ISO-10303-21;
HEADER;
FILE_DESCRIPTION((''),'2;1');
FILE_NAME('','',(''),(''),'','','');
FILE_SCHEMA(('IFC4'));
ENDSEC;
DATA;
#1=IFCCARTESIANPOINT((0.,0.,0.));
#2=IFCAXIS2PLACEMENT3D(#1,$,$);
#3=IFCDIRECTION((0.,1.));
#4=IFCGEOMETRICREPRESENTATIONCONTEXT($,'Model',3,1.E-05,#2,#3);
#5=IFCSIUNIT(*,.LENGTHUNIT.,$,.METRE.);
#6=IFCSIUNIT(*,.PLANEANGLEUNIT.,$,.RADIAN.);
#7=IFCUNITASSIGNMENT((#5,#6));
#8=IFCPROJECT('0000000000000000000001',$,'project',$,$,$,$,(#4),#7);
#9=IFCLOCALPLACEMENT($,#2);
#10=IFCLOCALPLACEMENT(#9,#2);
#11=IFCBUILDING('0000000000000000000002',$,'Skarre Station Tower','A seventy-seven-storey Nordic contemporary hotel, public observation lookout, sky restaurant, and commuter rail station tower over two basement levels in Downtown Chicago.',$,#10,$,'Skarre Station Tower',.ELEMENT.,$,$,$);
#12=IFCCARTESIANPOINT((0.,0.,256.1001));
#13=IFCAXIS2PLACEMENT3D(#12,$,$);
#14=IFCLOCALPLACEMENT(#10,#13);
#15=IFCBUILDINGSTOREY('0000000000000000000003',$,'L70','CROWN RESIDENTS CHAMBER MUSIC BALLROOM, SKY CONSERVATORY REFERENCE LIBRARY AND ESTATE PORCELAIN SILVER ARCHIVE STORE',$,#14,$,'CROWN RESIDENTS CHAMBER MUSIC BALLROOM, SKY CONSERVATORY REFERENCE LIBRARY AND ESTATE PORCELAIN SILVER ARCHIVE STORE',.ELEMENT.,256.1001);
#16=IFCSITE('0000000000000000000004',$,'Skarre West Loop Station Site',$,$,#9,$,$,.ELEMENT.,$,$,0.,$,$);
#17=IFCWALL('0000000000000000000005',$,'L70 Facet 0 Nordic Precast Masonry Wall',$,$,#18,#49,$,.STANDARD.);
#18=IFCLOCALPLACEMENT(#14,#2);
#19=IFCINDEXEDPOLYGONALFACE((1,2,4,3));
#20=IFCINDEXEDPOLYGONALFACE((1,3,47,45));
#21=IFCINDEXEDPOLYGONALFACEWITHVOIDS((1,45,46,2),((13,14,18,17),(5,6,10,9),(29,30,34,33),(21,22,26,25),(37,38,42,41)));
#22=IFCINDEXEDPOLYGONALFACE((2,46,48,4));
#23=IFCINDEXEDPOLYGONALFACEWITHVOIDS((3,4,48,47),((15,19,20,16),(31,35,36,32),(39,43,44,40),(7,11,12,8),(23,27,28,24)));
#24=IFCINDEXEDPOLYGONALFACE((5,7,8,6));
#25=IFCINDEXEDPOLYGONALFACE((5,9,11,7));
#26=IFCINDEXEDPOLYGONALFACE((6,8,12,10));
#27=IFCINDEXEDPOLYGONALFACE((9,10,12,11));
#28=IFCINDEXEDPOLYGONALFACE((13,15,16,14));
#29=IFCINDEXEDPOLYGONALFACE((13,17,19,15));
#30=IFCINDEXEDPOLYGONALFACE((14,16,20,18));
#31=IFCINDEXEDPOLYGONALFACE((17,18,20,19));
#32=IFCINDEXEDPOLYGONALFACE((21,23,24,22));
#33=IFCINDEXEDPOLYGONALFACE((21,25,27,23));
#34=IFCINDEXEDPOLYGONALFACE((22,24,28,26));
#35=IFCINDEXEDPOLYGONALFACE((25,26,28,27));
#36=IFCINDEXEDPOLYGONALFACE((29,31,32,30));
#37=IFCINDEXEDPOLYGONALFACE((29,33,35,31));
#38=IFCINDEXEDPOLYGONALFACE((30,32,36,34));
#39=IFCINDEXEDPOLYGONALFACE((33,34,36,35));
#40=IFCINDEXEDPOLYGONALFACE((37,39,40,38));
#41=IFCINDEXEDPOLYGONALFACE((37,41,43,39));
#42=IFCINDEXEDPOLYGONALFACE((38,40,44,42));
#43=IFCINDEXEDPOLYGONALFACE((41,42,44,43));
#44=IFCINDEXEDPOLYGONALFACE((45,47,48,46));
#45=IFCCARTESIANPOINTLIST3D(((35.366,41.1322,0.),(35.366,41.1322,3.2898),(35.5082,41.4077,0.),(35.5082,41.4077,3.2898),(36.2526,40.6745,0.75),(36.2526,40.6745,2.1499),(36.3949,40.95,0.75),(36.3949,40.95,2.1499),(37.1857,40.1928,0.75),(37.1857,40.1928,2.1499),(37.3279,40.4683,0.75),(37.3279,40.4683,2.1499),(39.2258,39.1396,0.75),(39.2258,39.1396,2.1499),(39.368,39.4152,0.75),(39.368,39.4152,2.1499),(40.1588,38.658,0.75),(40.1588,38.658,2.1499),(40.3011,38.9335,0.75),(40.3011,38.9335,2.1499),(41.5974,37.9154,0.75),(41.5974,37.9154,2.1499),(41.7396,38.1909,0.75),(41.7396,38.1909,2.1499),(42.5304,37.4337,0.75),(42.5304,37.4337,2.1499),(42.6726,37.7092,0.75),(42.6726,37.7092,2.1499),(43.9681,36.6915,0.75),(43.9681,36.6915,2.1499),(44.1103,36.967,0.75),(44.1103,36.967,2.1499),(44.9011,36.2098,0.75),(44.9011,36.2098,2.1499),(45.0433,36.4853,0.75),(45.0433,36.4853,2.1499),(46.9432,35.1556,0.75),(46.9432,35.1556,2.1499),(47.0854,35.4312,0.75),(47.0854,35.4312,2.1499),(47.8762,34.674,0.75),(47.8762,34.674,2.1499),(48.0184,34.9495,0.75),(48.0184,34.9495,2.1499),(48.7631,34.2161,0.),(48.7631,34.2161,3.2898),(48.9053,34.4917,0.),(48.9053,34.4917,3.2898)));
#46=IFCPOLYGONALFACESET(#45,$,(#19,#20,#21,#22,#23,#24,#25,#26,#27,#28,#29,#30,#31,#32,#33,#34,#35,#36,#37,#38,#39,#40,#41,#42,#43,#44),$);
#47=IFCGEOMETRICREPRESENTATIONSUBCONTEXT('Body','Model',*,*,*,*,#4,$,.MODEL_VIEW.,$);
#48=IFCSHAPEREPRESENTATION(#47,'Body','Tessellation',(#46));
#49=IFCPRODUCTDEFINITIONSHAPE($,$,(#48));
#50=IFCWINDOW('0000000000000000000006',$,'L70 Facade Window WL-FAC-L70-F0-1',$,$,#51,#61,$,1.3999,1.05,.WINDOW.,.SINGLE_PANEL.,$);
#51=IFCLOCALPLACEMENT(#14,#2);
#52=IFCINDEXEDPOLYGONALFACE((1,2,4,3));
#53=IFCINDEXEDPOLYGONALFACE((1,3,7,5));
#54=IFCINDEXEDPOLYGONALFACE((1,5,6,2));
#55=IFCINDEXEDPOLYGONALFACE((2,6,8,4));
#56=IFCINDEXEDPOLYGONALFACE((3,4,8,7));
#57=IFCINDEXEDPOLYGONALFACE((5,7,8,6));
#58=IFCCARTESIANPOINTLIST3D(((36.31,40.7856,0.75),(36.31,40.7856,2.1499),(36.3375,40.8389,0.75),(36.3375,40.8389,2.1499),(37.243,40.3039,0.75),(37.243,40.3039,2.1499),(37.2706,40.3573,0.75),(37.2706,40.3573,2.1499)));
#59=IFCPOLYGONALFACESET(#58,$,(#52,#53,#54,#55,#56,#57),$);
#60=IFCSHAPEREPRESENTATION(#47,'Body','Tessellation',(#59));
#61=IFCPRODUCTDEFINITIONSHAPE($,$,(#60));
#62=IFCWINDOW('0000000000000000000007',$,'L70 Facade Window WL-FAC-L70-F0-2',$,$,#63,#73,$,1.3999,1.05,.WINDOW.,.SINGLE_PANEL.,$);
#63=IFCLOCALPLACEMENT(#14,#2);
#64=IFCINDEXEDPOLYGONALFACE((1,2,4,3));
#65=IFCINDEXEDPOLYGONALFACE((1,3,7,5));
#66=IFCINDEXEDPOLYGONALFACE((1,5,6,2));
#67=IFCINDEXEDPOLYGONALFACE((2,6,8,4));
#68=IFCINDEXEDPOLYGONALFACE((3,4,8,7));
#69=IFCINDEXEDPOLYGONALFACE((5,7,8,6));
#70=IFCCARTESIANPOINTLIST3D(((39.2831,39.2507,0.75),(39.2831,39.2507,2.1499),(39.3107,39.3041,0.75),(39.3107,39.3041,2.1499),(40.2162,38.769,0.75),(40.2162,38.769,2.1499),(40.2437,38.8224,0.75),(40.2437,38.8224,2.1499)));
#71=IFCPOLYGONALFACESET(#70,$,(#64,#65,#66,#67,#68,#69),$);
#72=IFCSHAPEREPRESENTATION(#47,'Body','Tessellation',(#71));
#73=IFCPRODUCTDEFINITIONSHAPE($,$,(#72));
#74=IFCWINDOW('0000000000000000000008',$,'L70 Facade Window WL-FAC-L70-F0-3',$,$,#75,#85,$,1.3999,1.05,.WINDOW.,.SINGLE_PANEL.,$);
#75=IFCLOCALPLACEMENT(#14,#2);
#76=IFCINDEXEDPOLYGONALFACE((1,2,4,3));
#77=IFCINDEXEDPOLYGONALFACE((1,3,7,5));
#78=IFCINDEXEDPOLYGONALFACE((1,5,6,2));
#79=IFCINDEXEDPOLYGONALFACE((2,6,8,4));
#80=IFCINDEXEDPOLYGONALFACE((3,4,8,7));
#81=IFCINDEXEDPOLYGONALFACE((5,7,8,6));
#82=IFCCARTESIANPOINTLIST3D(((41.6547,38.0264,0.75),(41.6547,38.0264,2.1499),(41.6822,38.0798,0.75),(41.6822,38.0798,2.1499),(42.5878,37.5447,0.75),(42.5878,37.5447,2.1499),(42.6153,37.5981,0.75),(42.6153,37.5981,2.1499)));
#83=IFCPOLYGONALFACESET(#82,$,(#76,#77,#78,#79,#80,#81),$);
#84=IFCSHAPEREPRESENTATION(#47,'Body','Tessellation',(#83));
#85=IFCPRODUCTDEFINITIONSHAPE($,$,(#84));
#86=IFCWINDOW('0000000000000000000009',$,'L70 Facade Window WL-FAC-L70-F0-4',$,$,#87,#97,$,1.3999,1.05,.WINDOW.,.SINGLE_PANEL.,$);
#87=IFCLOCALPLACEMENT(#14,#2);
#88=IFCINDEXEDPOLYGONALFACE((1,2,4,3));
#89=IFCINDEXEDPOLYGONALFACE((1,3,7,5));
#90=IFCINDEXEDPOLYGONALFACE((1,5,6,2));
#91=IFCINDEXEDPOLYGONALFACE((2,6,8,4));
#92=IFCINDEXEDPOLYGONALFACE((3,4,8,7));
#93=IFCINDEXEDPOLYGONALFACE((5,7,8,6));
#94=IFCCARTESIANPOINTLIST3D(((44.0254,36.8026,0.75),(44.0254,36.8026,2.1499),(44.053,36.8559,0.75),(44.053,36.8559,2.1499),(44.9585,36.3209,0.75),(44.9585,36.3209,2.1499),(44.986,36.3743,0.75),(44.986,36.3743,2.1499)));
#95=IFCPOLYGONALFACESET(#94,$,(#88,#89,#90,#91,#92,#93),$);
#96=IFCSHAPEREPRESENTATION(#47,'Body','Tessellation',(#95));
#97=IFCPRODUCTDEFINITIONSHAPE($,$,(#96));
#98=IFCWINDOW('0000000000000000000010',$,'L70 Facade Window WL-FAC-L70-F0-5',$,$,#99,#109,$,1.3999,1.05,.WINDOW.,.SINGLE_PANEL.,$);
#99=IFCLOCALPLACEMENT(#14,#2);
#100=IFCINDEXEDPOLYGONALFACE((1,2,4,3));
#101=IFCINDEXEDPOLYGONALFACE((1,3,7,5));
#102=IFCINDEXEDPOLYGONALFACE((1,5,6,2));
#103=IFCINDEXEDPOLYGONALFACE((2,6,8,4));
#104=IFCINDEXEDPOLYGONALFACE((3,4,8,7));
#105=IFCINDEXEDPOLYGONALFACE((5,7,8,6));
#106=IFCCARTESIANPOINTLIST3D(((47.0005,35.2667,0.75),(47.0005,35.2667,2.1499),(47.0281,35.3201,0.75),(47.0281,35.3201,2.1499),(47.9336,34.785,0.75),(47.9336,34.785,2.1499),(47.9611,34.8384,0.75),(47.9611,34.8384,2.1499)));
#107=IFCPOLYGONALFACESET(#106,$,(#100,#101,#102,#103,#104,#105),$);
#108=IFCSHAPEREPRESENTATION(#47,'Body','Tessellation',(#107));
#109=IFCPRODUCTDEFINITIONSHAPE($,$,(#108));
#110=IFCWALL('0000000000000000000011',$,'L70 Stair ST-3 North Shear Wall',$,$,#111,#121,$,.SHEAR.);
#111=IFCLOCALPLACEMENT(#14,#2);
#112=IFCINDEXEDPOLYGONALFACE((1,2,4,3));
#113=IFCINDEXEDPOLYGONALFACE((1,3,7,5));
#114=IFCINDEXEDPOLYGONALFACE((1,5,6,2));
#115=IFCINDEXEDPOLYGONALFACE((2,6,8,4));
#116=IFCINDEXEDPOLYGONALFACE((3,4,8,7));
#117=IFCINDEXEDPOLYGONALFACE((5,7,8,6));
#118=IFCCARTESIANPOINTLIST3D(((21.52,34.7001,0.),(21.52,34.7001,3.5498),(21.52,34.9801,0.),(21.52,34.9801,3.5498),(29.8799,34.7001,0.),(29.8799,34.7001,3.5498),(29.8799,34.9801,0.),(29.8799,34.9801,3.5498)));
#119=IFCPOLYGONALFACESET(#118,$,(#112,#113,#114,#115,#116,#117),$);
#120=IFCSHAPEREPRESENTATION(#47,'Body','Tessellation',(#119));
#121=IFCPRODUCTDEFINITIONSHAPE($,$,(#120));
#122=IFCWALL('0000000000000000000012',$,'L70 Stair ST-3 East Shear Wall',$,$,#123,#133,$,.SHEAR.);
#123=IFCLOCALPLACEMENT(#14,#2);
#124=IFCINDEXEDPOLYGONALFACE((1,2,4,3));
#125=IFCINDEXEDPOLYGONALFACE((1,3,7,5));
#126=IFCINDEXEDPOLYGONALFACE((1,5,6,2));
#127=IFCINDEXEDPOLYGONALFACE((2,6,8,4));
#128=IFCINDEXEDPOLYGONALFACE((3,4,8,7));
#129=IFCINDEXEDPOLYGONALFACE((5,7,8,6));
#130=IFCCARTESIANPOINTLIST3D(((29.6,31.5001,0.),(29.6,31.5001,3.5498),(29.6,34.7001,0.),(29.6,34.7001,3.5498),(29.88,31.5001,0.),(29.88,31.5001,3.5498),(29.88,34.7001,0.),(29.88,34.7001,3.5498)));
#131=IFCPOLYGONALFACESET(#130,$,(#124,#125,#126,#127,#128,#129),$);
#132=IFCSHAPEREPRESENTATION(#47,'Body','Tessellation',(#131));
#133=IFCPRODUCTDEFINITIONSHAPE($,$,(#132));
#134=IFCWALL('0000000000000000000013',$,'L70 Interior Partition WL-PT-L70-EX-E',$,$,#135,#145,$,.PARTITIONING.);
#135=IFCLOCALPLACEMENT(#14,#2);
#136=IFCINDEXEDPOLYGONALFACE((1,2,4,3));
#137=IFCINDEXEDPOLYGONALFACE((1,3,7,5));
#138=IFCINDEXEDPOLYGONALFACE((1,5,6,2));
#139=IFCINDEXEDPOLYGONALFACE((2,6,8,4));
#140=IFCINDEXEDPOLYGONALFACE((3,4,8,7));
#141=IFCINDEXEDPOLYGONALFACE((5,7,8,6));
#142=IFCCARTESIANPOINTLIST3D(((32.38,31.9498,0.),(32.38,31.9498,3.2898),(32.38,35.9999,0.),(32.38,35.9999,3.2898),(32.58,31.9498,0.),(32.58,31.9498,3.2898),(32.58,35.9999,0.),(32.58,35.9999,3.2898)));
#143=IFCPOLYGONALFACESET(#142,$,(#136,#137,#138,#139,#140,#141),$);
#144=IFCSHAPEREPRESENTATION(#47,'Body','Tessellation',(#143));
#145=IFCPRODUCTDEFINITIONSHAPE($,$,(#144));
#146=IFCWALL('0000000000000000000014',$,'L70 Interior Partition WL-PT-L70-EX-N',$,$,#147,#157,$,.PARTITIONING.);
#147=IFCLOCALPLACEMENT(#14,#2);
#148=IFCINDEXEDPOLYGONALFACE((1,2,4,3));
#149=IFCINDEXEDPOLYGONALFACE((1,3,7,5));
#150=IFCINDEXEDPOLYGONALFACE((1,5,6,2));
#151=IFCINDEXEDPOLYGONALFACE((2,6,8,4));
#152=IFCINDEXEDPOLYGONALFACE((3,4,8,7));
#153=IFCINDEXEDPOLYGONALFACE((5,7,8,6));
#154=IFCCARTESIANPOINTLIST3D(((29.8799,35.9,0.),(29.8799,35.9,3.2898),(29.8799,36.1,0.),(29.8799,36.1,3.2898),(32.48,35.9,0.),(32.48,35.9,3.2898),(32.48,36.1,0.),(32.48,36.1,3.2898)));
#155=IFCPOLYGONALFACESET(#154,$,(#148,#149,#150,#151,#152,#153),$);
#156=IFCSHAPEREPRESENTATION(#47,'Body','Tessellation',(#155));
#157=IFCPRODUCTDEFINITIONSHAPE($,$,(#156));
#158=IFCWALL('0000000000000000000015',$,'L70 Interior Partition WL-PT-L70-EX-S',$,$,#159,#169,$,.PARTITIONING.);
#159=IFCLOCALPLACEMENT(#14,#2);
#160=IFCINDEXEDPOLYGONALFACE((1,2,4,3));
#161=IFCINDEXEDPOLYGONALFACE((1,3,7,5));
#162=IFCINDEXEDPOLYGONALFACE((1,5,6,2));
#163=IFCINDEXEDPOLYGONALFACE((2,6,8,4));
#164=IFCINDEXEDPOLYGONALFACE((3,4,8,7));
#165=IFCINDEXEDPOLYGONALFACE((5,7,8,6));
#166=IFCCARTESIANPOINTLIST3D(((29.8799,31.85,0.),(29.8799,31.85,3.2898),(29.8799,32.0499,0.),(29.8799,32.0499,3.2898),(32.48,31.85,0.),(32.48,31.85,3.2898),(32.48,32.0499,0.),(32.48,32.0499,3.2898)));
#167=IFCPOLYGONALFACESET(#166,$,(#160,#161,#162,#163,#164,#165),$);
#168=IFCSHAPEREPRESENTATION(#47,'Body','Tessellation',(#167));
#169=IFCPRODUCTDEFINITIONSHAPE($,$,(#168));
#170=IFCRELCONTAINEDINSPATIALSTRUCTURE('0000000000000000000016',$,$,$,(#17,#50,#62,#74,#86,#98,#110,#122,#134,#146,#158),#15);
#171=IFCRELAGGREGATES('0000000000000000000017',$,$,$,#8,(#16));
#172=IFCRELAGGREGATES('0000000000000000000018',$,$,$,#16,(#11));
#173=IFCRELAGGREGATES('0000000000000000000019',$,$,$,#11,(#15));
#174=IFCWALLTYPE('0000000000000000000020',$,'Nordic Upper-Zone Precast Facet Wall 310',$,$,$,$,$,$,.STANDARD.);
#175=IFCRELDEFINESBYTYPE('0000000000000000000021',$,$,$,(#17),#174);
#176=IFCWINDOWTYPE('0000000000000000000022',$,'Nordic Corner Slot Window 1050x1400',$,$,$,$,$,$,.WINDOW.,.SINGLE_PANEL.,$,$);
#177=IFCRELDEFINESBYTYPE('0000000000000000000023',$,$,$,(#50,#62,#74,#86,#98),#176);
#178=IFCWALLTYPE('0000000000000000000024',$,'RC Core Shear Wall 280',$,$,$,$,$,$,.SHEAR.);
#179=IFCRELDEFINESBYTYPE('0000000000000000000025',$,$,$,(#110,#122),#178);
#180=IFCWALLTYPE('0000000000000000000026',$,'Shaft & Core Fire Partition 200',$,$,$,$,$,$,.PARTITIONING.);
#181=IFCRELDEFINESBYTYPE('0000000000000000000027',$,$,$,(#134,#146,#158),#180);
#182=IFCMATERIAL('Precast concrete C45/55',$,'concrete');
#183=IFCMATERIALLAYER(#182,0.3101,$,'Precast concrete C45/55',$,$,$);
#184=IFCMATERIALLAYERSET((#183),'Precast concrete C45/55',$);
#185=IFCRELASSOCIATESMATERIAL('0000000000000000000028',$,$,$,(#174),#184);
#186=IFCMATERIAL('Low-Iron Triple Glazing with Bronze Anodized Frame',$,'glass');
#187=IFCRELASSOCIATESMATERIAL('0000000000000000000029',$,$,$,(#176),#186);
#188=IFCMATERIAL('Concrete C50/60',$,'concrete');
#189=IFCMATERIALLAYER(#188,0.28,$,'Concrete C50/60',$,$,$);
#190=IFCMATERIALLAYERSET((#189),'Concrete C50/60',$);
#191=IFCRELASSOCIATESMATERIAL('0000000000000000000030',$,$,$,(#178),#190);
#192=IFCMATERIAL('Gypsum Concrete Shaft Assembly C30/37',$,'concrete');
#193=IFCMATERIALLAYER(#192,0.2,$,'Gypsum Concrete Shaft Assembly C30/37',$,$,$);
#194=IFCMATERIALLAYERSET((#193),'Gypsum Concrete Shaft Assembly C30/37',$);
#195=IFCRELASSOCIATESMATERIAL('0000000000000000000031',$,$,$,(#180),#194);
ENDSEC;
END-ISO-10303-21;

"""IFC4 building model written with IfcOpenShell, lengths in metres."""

from ifc_helpers import new_model, si_unit, direction, frame, frame_2d, origin, place, context, subcontext, project, spatial, rectangle, extrude, material, layer, layer_set, type_object, element, fill, save


model = new_model("IFC4")

# Units and contexts
model_context = context("Model", 3, precision=1e-05, world=origin(), true_north=direction((0.0, 1.0)))
body_context = subcontext(model_context, "Body", "Model", "MODEL_VIEW")
ifc_project = project(units=[si_unit("LENGTHUNIT", "METRE"), si_unit("PLANEANGLEUNIT", "RADIAN")], contexts=[model_context])

# Site, building, storey
site_placement = place(None, origin())
site = spatial("IfcSite", under=ifc_project, at=site_placement, Name="Skarre West Loop Station Site", CompositionType="ELEMENT", RefElevation=0.0)
building_placement = place(site_placement, origin())
building = spatial("IfcBuilding", under=site, at=building_placement, Name="Skarre Station Tower", Description="A seventy-seven-storey Nordic contemporary hotel, public observation lookout, sky restaurant, and commuter rail station tower over two basement levels in Downtown Chicago.", LongName="Skarre Station Tower", CompositionType="ELEMENT")
storey_placement = place(building_placement, frame((0.0, 0.0, 256.1001)))
storey = spatial("IfcBuildingStorey", under=building, at=storey_placement, Name="L70", Description="CROWN RESIDENTS CHAMBER MUSIC BALLROOM, SKY CONSERVATORY REFERENCE LIBRARY AND ESTATE PORCELAIN SILVER ARCHIVE STORE", LongName="CROWN RESIDENTS CHAMBER MUSIC BALLROOM, SKY CONSERVATORY REFERENCE LIBRARY AND ESTATE PORCELAIN SILVER ARCHIVE STORE", CompositionType="ELEMENT", Elevation=256.1001)

# Shared definitions
ifc_material_1 = material(Name="Concrete C50/60", Category="concrete")

# Shared definitions
ifc_material_2 = material(Name="Precast concrete C45/55", Category="concrete")

# Wall, openings, windows
ifc_layer_1 = layer(ifc_material_2, 0.3101, Name="Precast concrete C45/55")
ifc_layer_set_1 = layer_set([ifc_layer_1], Name="Precast concrete C45/55")
wall_type_1 = type_object("IfcWallType", Name="Nordic Upper-Zone Precast Facet Wall 310", PredefinedType="STANDARD", material=ifc_layer_set_1)
wall_1_placement = place(storey_placement, frame((35.437, 41.27, 0.0), z_axis=(0.0, 0.0, 1.0), x_axis=(0.888581, -0.458719, 0.0)))
wall_1 = element("IfcWall", 1, at=wall_1_placement, inside=storey, type_object=wall_type_1, Name="L70 Facet 0 Nordic Precast Masonry Wall", PredefinedType="STANDARD", context=body_context, shape_type="SweptSolid", body=[
    extrude(rectangle(XDim=15.0769, YDim=0.3101, at=frame_2d((7.5386, 0.0))), origin(), (0.0, 0.0, 1.0), 3.2898),
])
opening_1_placement = place(wall_1_placement, frame((0.998, 0.0, 0.75)))
opening_1 = element("IfcOpeningElement", 2, at=opening_1_placement, cuts=wall_1, PredefinedType="OPENING", context=body_context, shape_type="SweptSolid", body=[
    extrude(rectangle(XDim=1.05, YDim=1.3999, at=frame_2d((0.5249, 0.7))), frame((0.0, 0.165, 0.0), z_axis=(0.0, -1.0, 0.0), x_axis=(1.0, 0.0, 0.0)), (0.0, 0.0, 1.0), 0.3301),
])
opening_2_placement = place(wall_1_placement, frame((4.344, 0.0, 0.75)))
opening_2 = element("IfcOpeningElement", 3, at=opening_2_placement, cuts=wall_1, PredefinedType="OPENING", context=body_context, shape_type="SweptSolid", body=[
    extrude(rectangle(XDim=1.05, YDim=1.3999, at=frame_2d((0.5249, 0.7))), frame((0.0, 0.165, 0.0), z_axis=(0.0, -1.0, 0.0), x_axis=(1.0, 0.0, 0.0)), (0.0, 0.0, 1.0), 0.3301),
])
opening_3_placement = place(wall_1_placement, frame((7.0129, 0.0, 0.75)))
opening_3 = element("IfcOpeningElement", 4, at=opening_3_placement, cuts=wall_1, PredefinedType="OPENING", context=body_context, shape_type="SweptSolid", body=[
    extrude(rectangle(XDim=1.05, YDim=1.3999, at=frame_2d((0.5249, 0.7))), frame((0.0, 0.165, 0.0), z_axis=(0.0, -1.0, 0.0), x_axis=(1.0, 0.0, 0.0)), (0.0, 0.0, 1.0), 0.3301),
])
opening_4_placement = place(wall_1_placement, frame((9.6809, 0.0, 0.75)))
opening_4 = element("IfcOpeningElement", 5, at=opening_4_placement, cuts=wall_1, PredefinedType="OPENING", context=body_context, shape_type="SweptSolid", body=[
    extrude(rectangle(XDim=1.05, YDim=1.3999, at=frame_2d((0.5249, 0.7))), frame((0.0, 0.165, 0.0), z_axis=(0.0, -1.0, 0.0), x_axis=(1.0, 0.0, 0.0)), (0.0, 0.0, 1.0), 0.3301),
])
opening_5_placement = place(wall_1_placement, frame((13.0291, 0.0, 0.75)))
opening_5 = element("IfcOpeningElement", 6, at=opening_5_placement, cuts=wall_1, PredefinedType="OPENING", context=body_context, shape_type="SweptSolid", body=[
    extrude(rectangle(XDim=1.05, YDim=1.3999, at=frame_2d((0.5249, 0.7))), frame((0.0, 0.165, 0.0), z_axis=(0.0, -1.0, 0.0), x_axis=(1.0, 0.0, 0.0)), (0.0, 0.0, 1.0), 0.3301),
])
ifc_material_3 = material(Name="Low-Iron Triple Glazing with Bronze Anodized Frame", Category="glass")
window_type = type_object("IfcWindowType", Name="Nordic Corner Slot Window 1050x1400", PartitioningType="SINGLE_PANEL", PredefinedType="WINDOW", material=ifc_material_3)
window_1_placement = place(opening_1_placement, origin())
window_1 = element("IfcWindow", 7, at=window_1_placement, inside=storey, type_object=window_type, Name="L70 Facade Window WL-FAC-L70-F0-1", OverallHeight=1.3999, OverallWidth=1.05, PartitioningType="SINGLE_PANEL", PredefinedType="WINDOW", context=body_context, shape_type="SweptSolid", body=[
    extrude(rectangle(XDim=1.05, YDim=1.3999, at=frame_2d((0.5249, 0.7))), frame((0.0, 0.03, 0.0), z_axis=(0.0, -1.0, 0.0), x_axis=(1.0, 0.0, 0.0)), (0.0, 0.0, 1.0), 0.0601),
])
fill(opening_1, window_1)
window_2_placement = place(opening_2_placement, origin())
window_2 = element("IfcWindow", 8, at=window_2_placement, inside=storey, type_object=window_type, Name="L70 Facade Window WL-FAC-L70-F0-2", OverallHeight=1.3999, OverallWidth=1.05, PartitioningType="SINGLE_PANEL", PredefinedType="WINDOW", context=body_context, shape_type="SweptSolid", body=[
    extrude(rectangle(XDim=1.05, YDim=1.3999, at=frame_2d((0.5249, 0.7))), frame((0.0, 0.03, 0.0), z_axis=(0.0, -1.0, 0.0), x_axis=(1.0, 0.0, 0.0)), (0.0, 0.0, 1.0), 0.0601),
])
fill(opening_2, window_2)
window_3_placement = place(opening_3_placement, origin())
window_3 = element("IfcWindow", 9, at=window_3_placement, inside=storey, type_object=window_type, Name="L70 Facade Window WL-FAC-L70-F0-3", OverallHeight=1.3999, OverallWidth=1.05, PartitioningType="SINGLE_PANEL", PredefinedType="WINDOW", context=body_context, shape_type="SweptSolid", body=[
    extrude(rectangle(XDim=1.05, YDim=1.3999, at=frame_2d((0.5249, 0.7))), frame((0.0, 0.03, 0.0), z_axis=(0.0, -1.0, 0.0), x_axis=(1.0, 0.0, 0.0)), (0.0, 0.0, 1.0), 0.0601),
])
fill(opening_3, window_3)
window_4_placement = place(opening_4_placement, origin())
window_4 = element("IfcWindow", 10, at=window_4_placement, inside=storey, type_object=window_type, Name="L70 Facade Window WL-FAC-L70-F0-4", OverallHeight=1.3999, OverallWidth=1.05, PartitioningType="SINGLE_PANEL", PredefinedType="WINDOW", context=body_context, shape_type="SweptSolid", body=[
    extrude(rectangle(XDim=1.05, YDim=1.3999, at=frame_2d((0.5249, 0.7))), frame((0.0, 0.03, 0.0), z_axis=(0.0, -1.0, 0.0), x_axis=(1.0, 0.0, 0.0)), (0.0, 0.0, 1.0), 0.0601),
])
fill(opening_4, window_4)
window_5_placement = place(opening_5_placement, origin())
window_5 = element("IfcWindow", 11, at=window_5_placement, inside=storey, type_object=window_type, Name="L70 Facade Window WL-FAC-L70-F0-5", OverallHeight=1.3999, OverallWidth=1.05, PartitioningType="SINGLE_PANEL", PredefinedType="WINDOW", context=body_context, shape_type="SweptSolid", body=[
    extrude(rectangle(XDim=1.05, YDim=1.3999, at=frame_2d((0.5249, 0.7))), frame((0.0, 0.03, 0.0), z_axis=(0.0, -1.0, 0.0), x_axis=(1.0, 0.0, 0.0)), (0.0, 0.0, 1.0), 0.0601),
])
fill(opening_5, window_5)

# Walls
ifc_layer_2 = layer(ifc_material_1, 0.28, Name="Concrete C50/60")
ifc_layer_set_2 = layer_set([ifc_layer_2], Name="Concrete C50/60")
wall_type_2 = type_object("IfcWallType", Name="RC Core Shear Wall 280", PredefinedType="SHEAR", material=ifc_layer_set_2)
wall_2_placement = place(storey_placement, frame((29.8799, 34.8401, 0.0), z_axis=(0.0, 0.0, 1.0), x_axis=(-1.0, 0.0, 0.0)))
element("IfcWall", 12, at=wall_2_placement, inside=storey, type_object=wall_type_2, Name="L70 Stair ST-3 North Shear Wall", PredefinedType="SHEAR", context=body_context, shape_type="SweptSolid", body=[
    extrude(rectangle(XDim=8.3599, YDim=0.28, at=frame_2d((4.1799, 0.0))), origin(), (0.0, 0.0, 1.0), 3.5498),
])
wall_3_placement = place(storey_placement, frame((29.74, 31.5, 0.0), z_axis=(0.0, 0.0, 1.0), x_axis=(0.0, 1.0, 0.0)))
element("IfcWall", 13, at=wall_3_placement, inside=storey, type_object=wall_type_2, Name="L70 Stair ST-3 East Shear Wall", PredefinedType="SHEAR", context=body_context, shape_type="SweptSolid", body=[
    extrude(rectangle(XDim=3.2, YDim=0.28, at=frame_2d((1.6001, 0.0))), origin(), (0.0, 0.0, 1.0), 3.5498),
])
ifc_material_4 = material(Name="Gypsum Concrete Shaft Assembly C30/37", Category="concrete")
ifc_layer_3 = layer(ifc_material_4, 0.2, Name="Gypsum Concrete Shaft Assembly C30/37")
ifc_layer_set_3 = layer_set([ifc_layer_3], Name="Gypsum Concrete Shaft Assembly C30/37")
wall_type_3 = type_object("IfcWallType", Name="Shaft & Core Fire Partition 200", PredefinedType="PARTITIONING", material=ifc_layer_set_3)
wall_4_placement = place(storey_placement, frame((32.48, 31.95, 0.0), z_axis=(0.0, 0.0, 1.0), x_axis=(0.0, 1.0, 0.0)))
element("IfcWall", 14, at=wall_4_placement, inside=storey, type_object=wall_type_3, Name="L70 Interior Partition WL-PT-L70-EX-E", PredefinedType="PARTITIONING", context=body_context, shape_type="SweptSolid", body=[
    extrude(rectangle(XDim=4.05, YDim=0.2, at=frame_2d((2.0249, 0.0))), origin(), (0.0, 0.0, 1.0), 3.2898),
])
for number, where, z_axis, x_axis, name in (
    (15, (29.8799, 36.0, 0.0), (0.0, 0.0, 1.0), (1.0, 0.0, 0.0), "L70 Interior Partition WL-PT-L70-EX-N"),
    (16, (32.48, 31.95, 0.0), (0.0, 0.0, 1.0), (-1.0, 0.0, 0.0), "L70 Interior Partition WL-PT-L70-EX-S"),
):
    element("IfcWall", number, at=place(storey_placement, frame(where, z_axis=z_axis, x_axis=x_axis)), inside=storey, type_object=wall_type_3, Name=name, PredefinedType="PARTITIONING", context=body_context, shape_type="SweptSolid", body=[
        extrude(rectangle(XDim=2.6001, YDim=0.2, at=frame_2d((1.3, 0.0))), origin(), (0.0, 0.0, 1.0), 3.2898),
    ])

save(model, "model.ifc")
